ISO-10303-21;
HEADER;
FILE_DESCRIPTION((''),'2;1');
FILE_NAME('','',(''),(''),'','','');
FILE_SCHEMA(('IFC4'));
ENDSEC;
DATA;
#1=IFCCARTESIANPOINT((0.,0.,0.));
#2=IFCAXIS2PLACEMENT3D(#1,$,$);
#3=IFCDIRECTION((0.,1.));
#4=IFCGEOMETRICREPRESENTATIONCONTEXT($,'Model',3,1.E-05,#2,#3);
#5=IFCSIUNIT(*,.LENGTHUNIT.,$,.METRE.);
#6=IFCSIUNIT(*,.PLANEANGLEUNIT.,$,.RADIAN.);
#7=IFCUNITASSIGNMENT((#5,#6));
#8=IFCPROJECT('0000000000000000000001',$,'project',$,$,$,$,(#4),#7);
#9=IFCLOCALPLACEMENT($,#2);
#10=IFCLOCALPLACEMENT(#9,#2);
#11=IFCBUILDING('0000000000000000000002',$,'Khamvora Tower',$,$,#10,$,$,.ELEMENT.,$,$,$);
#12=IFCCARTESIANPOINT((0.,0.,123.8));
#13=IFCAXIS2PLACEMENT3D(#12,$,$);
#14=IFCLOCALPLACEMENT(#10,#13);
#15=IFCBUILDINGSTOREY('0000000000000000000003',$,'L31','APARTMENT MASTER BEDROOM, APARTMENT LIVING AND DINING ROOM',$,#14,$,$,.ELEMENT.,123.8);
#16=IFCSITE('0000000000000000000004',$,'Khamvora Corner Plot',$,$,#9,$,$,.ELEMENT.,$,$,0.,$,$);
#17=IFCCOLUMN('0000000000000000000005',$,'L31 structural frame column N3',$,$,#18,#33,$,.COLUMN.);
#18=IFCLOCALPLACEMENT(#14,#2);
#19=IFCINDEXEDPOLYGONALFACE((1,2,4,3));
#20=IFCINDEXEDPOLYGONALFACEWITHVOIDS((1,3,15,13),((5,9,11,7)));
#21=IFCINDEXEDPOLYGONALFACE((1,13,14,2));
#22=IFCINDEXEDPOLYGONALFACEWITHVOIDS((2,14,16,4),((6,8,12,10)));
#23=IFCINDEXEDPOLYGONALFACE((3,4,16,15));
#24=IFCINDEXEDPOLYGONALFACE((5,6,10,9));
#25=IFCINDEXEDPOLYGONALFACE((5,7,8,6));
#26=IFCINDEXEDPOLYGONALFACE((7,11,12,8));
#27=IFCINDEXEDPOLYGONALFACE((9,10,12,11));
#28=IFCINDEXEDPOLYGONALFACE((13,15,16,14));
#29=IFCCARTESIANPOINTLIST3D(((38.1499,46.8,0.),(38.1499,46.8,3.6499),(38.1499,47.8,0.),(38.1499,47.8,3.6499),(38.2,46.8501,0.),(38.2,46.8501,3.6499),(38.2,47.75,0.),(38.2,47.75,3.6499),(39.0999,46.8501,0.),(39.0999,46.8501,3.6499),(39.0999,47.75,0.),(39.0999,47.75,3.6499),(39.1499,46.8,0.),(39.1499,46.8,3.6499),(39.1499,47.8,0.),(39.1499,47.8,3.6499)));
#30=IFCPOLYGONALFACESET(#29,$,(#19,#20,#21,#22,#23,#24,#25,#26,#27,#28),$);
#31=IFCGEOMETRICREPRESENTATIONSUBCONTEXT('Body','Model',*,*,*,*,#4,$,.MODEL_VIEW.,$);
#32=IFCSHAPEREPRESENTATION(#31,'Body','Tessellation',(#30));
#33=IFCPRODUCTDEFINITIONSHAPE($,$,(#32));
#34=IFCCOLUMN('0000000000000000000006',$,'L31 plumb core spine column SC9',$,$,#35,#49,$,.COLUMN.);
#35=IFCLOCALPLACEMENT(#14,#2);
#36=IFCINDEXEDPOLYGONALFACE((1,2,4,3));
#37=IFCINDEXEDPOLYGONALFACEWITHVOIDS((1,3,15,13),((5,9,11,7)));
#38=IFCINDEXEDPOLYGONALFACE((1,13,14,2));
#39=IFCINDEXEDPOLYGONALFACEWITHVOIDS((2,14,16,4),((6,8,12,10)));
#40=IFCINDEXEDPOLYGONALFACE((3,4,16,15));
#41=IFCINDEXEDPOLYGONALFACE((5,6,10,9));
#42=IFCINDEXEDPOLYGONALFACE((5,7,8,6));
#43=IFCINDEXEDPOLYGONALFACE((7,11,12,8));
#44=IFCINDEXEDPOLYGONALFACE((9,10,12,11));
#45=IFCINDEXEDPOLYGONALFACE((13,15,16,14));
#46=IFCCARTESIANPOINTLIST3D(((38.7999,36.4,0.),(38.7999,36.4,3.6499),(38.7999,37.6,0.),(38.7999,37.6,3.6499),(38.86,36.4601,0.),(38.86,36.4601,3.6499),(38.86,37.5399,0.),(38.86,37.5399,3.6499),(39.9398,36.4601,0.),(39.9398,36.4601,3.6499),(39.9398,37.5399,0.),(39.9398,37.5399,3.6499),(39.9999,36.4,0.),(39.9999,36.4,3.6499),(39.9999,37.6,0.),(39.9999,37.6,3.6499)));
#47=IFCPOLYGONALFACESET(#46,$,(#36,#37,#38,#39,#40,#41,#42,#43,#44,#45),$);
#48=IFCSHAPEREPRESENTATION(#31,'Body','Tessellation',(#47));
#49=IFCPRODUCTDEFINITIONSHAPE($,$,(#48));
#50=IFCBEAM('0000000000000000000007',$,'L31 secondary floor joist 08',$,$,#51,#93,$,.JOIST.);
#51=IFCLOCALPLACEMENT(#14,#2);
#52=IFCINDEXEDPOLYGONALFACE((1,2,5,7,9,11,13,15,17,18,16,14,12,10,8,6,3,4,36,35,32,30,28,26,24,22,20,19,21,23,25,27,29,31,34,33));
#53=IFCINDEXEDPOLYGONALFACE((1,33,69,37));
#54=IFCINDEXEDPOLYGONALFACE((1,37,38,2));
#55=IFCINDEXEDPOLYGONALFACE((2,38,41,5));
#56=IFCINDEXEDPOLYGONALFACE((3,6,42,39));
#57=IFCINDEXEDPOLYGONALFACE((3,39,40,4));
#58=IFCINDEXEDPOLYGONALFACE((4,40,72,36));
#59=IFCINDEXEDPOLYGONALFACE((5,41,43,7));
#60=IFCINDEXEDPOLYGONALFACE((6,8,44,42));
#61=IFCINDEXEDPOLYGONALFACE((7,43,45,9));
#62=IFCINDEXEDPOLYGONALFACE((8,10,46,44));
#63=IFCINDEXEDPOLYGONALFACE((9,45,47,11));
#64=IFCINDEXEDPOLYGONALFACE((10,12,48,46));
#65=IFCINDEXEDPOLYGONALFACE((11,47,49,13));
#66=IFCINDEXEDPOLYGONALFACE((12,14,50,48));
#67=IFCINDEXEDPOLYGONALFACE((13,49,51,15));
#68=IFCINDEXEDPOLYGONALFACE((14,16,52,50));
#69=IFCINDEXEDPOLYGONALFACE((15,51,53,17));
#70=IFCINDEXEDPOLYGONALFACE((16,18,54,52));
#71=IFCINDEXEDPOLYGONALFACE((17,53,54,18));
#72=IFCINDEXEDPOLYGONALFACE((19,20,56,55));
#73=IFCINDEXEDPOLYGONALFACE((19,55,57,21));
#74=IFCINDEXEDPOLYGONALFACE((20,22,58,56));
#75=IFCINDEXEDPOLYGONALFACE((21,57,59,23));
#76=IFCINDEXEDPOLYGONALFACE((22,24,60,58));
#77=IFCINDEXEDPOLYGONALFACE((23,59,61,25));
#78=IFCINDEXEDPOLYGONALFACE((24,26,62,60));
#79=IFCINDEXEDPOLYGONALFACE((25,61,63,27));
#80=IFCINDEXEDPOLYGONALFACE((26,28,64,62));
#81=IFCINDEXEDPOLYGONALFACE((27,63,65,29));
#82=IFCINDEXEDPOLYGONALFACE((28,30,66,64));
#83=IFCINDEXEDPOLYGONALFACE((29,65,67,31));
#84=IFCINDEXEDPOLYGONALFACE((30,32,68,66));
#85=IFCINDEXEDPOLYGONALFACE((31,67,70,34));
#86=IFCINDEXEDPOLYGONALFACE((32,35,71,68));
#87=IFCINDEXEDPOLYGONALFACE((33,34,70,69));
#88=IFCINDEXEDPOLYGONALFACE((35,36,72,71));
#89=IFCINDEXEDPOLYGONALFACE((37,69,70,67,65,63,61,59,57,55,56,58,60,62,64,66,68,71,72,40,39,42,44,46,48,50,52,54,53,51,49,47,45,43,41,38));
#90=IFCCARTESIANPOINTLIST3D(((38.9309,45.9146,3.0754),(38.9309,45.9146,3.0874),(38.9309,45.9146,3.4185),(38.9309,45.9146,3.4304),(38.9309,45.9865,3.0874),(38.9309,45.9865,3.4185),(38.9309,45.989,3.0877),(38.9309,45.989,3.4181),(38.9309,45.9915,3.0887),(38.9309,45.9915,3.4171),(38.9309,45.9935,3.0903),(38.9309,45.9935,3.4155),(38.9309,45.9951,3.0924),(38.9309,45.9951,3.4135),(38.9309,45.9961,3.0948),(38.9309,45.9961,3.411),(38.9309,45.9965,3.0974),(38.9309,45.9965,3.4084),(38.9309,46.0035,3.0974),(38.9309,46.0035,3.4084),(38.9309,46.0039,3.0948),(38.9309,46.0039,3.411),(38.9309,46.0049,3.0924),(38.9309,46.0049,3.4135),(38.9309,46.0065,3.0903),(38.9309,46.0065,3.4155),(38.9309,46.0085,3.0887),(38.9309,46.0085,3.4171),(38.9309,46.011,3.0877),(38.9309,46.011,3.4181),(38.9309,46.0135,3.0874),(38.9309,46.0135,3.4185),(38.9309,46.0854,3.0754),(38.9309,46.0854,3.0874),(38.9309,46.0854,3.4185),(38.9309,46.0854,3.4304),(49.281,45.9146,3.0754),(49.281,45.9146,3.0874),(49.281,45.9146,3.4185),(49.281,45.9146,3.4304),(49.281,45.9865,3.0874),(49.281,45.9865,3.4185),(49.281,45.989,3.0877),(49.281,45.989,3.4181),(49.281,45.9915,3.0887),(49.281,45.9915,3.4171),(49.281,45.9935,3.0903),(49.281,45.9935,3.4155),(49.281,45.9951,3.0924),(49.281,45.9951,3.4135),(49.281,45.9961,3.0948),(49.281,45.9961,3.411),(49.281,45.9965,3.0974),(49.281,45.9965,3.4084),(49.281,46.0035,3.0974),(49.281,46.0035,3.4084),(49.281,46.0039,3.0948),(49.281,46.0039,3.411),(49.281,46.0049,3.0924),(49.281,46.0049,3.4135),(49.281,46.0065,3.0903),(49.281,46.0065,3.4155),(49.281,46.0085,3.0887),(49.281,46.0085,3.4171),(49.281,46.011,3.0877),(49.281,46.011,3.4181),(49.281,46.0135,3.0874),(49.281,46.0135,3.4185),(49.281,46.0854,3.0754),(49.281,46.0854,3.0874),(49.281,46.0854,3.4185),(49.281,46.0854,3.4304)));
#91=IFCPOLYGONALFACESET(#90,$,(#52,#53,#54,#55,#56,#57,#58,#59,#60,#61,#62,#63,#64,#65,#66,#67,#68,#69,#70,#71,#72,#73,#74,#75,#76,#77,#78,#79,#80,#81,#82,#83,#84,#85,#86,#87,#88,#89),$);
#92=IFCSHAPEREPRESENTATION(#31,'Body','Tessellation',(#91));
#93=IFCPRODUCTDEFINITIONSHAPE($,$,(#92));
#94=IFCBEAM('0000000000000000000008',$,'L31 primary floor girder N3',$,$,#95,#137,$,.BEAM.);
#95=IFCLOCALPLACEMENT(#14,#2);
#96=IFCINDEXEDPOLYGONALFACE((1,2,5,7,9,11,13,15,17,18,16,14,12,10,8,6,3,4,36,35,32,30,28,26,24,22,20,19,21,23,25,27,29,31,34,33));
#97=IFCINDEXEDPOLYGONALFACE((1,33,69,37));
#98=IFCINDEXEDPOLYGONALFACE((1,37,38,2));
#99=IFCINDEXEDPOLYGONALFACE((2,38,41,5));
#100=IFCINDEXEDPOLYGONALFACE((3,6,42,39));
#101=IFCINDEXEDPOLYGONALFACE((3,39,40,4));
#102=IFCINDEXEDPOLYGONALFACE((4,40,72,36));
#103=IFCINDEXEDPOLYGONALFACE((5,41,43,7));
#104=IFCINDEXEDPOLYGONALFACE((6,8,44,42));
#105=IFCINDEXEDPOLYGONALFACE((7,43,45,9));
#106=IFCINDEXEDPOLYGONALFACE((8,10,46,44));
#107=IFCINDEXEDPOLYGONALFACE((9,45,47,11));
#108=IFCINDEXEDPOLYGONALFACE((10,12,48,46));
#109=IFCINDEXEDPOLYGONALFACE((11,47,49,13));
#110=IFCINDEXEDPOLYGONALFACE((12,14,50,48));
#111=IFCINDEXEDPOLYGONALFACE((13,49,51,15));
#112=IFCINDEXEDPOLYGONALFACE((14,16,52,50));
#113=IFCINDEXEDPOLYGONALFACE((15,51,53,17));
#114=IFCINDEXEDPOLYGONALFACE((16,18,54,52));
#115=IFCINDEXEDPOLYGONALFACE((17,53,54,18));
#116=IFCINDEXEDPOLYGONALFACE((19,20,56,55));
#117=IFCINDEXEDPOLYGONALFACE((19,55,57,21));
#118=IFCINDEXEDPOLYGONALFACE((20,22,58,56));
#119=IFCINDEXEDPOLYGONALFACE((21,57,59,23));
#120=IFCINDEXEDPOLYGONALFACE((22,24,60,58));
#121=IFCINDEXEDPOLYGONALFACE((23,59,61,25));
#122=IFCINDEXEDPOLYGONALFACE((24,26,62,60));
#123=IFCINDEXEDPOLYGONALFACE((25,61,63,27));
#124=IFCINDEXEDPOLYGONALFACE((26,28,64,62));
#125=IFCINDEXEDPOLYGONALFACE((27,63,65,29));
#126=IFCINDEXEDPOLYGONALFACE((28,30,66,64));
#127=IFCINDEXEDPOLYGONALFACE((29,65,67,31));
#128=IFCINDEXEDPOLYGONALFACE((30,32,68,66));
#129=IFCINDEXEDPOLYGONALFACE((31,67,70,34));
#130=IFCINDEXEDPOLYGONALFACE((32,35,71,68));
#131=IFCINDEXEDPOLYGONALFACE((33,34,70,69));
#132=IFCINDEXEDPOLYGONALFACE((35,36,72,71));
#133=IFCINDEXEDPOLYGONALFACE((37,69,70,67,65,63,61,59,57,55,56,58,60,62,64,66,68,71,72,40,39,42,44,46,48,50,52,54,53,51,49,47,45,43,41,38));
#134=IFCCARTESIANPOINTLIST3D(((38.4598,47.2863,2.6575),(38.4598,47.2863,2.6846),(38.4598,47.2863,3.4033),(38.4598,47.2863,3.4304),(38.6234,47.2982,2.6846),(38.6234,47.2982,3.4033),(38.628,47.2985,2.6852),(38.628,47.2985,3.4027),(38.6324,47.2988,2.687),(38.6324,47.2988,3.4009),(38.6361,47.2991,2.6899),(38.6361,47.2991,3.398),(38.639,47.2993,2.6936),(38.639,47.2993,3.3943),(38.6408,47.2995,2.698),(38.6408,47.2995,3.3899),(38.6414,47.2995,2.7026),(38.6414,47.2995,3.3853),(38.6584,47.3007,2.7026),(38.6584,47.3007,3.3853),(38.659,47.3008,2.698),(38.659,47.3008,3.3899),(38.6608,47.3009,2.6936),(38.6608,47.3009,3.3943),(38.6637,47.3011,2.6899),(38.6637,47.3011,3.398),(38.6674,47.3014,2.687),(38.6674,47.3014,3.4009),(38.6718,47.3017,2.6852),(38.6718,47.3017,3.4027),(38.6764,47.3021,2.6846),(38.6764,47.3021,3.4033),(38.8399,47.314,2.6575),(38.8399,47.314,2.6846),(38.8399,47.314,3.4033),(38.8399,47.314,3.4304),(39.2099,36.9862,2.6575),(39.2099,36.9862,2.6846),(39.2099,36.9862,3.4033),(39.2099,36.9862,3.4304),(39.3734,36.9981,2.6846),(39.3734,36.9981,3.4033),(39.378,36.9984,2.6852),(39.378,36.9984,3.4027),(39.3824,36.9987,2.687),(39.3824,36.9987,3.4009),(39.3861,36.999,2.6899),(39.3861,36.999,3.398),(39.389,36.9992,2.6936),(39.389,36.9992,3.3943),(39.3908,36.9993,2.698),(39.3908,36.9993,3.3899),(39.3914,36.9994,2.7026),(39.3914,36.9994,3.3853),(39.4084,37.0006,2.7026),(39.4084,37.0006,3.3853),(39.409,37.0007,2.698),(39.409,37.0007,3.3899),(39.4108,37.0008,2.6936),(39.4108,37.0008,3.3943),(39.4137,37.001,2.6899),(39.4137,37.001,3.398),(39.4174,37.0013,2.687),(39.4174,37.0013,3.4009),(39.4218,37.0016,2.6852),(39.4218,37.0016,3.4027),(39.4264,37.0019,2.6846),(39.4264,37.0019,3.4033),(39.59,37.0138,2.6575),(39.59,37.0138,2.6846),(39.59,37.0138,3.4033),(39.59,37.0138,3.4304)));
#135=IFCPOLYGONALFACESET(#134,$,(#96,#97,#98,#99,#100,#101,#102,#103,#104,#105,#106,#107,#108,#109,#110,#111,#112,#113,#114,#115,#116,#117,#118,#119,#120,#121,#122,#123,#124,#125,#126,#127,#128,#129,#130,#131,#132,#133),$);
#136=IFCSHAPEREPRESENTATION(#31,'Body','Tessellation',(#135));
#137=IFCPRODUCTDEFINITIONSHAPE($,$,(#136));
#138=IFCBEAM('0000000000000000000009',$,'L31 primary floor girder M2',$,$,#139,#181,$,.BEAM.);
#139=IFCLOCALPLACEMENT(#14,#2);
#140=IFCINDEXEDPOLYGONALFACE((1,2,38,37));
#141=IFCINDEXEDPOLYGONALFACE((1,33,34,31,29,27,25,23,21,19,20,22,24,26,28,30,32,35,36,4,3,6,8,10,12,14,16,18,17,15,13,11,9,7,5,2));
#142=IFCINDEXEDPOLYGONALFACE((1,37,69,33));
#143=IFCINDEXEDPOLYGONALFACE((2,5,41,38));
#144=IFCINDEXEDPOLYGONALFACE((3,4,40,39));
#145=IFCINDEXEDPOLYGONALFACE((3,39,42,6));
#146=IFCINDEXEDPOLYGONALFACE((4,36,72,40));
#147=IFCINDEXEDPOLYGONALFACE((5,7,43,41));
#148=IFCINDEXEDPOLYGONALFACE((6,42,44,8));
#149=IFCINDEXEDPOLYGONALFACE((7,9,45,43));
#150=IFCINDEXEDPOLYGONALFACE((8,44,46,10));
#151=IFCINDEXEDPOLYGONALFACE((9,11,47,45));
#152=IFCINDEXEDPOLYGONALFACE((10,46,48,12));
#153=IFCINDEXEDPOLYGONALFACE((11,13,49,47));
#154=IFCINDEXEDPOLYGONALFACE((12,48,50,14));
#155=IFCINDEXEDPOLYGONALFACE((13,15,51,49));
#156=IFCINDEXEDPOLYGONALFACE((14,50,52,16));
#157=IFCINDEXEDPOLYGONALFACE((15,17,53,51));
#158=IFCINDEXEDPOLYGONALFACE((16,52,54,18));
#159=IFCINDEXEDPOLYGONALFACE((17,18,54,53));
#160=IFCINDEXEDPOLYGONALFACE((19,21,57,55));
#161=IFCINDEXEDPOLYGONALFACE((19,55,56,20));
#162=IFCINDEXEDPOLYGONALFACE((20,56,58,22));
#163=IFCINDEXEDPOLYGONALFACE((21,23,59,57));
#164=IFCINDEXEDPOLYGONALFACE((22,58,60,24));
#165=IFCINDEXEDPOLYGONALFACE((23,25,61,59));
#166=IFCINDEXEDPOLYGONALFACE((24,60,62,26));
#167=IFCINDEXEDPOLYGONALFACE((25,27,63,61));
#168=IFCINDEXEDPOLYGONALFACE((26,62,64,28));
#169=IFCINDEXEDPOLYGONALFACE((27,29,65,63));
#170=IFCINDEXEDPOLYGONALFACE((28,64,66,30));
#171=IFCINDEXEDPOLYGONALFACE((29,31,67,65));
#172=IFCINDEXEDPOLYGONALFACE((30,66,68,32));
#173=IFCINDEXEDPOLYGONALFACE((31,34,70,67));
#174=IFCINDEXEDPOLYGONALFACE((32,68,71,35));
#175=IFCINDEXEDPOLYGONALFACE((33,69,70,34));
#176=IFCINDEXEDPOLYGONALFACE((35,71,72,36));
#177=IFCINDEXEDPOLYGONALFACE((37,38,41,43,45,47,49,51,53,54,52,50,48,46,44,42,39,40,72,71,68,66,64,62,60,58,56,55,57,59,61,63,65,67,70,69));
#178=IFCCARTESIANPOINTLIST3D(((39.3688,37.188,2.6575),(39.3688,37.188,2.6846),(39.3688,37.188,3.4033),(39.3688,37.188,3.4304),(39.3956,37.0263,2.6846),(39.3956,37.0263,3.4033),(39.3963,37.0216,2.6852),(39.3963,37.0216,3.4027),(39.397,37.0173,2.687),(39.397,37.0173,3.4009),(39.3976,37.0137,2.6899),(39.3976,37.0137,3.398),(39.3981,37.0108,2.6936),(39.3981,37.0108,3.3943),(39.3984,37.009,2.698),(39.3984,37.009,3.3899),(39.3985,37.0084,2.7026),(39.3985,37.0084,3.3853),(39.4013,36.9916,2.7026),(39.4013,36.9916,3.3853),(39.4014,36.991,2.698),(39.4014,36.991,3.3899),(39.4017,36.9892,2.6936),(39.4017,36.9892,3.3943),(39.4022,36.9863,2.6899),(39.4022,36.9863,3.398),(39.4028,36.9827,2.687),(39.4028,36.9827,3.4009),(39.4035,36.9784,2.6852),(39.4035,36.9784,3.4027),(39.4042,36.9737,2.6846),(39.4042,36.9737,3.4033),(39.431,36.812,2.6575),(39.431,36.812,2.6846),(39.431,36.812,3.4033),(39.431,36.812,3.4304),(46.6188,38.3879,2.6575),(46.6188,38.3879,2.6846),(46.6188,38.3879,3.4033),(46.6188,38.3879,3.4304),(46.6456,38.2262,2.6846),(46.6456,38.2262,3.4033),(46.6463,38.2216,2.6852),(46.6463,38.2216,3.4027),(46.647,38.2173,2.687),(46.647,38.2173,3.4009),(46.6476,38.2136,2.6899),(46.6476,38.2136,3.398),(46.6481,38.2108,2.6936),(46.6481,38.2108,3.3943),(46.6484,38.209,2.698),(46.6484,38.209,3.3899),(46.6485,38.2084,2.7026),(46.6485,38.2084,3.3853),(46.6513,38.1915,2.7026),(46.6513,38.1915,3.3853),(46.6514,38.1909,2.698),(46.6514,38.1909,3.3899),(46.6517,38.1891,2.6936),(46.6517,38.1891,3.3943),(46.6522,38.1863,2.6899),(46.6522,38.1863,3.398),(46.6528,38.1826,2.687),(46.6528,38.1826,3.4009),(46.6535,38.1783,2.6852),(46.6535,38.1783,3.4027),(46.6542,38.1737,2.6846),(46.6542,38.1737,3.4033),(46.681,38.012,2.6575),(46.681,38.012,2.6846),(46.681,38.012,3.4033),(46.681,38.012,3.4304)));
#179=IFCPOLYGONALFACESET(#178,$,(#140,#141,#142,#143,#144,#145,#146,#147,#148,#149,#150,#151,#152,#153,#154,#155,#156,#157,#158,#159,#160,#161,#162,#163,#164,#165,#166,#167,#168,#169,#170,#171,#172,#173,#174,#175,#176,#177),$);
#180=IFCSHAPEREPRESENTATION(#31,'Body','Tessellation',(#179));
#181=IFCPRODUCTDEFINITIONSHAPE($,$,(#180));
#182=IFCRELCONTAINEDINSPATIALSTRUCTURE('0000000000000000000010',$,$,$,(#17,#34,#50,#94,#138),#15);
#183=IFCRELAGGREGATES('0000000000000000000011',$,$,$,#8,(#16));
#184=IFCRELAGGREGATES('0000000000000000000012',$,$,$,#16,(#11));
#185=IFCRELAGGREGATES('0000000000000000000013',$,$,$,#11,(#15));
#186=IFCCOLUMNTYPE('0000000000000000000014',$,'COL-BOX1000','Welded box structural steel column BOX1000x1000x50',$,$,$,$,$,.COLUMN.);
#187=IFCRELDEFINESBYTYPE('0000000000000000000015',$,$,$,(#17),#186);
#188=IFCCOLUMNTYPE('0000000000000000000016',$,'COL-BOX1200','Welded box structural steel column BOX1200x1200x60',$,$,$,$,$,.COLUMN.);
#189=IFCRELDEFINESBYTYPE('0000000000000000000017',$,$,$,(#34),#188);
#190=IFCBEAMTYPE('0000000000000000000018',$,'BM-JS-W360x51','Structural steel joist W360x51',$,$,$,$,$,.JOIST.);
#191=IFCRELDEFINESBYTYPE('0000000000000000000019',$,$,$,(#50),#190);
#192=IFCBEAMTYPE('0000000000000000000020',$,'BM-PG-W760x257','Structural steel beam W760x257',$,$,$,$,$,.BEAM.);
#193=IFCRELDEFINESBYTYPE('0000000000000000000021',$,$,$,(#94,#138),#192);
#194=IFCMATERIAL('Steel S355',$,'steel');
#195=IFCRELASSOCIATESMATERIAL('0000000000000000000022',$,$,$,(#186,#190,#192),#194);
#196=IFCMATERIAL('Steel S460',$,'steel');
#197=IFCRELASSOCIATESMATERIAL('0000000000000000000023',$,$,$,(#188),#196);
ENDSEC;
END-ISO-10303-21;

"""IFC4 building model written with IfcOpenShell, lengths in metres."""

from ifc_helpers import new_model, si_unit, direction, frame, origin, origin_2d, place, context, subcontext, project, spatial, hollow_rectangle, i_section, extrude, material, material_profile, profile_set, type_object, element, save


model = new_model("IFC4")

# Units and contexts
model_context = context("Model", 3, precision=1e-05, world=origin(), true_north=direction((0.0, 1.0)))
body_context = subcontext(model_context, "Body", "Model", "MODEL_VIEW")
ifc_project = project(units=[si_unit("LENGTHUNIT", "METRE"), si_unit("PLANEANGLEUNIT", "RADIAN")], contexts=[model_context])

# Site, building, storey
site_placement = place(None, origin())
site = spatial("IfcSite", under=ifc_project, at=site_placement, Name="Khamvora Corner Plot", CompositionType="ELEMENT", RefElevation=0.0)
building_placement = place(site_placement, origin())
building = spatial("IfcBuilding", under=site, at=building_placement, Name="Khamvora Tower", CompositionType="ELEMENT")
storey_placement = place(building_placement, frame((0.0, 0.0, 123.8)))
storey = spatial("IfcBuildingStorey", under=building, at=storey_placement, Name="L31", Description="APARTMENT MASTER BEDROOM, APARTMENT LIVING AND DINING ROOM", CompositionType="ELEMENT", Elevation=123.8)

# Columns
ifc_material_1 = material(Name="Steel S355", Category="steel")
ifc_material_profile_1 = material_profile(ifc_material_1, hollow_rectangle(XDim=1.0, YDim=1.0, WallThickness=0.05, at=origin_2d()), Name="BOX1000x1000x50")
ifc_profile_set_1 = profile_set([ifc_material_profile_1], Name="Steel S355")
column_type_1 = type_object("IfcColumnType", Name="COL-BOX1000", Description="Welded box structural steel column BOX1000x1000x50", PredefinedType="COLUMN", material=ifc_profile_set_1)
column_1_placement = place(storey_placement, frame((38.6499, 47.3, 0.0), z_axis=(0.0, 0.0, 1.0), x_axis=(1.0, 0.0, 0.0)))
element("IfcColumn", 1, at=column_1_placement, inside=storey, type_object=column_type_1, Name="L31 structural frame column N3", PredefinedType="COLUMN", context=body_context, shape_type="SweptSolid", body=[
    extrude(hollow_rectangle(XDim=1.0, YDim=1.0, WallThickness=0.05, at=origin_2d()), origin(), (0.0, 0.0, 1.0), 3.6499),
])
ifc_material_2 = material(Name="Steel S460", Category="steel")
ifc_material_profile_2 = material_profile(ifc_material_2, hollow_rectangle(XDim=1.2, YDim=1.2, WallThickness=0.0601, at=origin_2d()), Name="BOX1200x1200x60")
ifc_profile_set_2 = profile_set([ifc_material_profile_2], Name="Steel S460")
column_type_2 = type_object("IfcColumnType", Name="COL-BOX1200", Description="Welded box structural steel column BOX1200x1200x60", PredefinedType="COLUMN", material=ifc_profile_set_2)
column_2_placement = place(storey_placement, frame((39.3999, 37.0, 0.0), z_axis=(0.0, 0.0, 1.0), x_axis=(1.0, 0.0, 0.0)))
element("IfcColumn", 2, at=column_2_placement, inside=storey, type_object=column_type_2, Name="L31 plumb core spine column SC9", PredefinedType="COLUMN", context=body_context, shape_type="SweptSolid", body=[
    extrude(hollow_rectangle(XDim=1.2, YDim=1.2, WallThickness=0.0601, at=origin_2d()), origin(), (0.0, 0.0, 1.0), 3.6499),
])

# Beams
ifc_material_profile_3 = material_profile(ifc_material_1, i_section(OverallWidth=0.1709, OverallDepth=0.355, WebThickness=0.0071, FlangeThickness=0.012, FilletRadius=0.01, at=origin_2d()), Name="W360x51")
ifc_profile_set_3 = profile_set([ifc_material_profile_3], Name="Steel S355")
beam_type_1 = type_object("IfcBeamType", Name="BM-JS-W360x51", Description="Structural steel joist W360x51", PredefinedType="JOIST", material=ifc_profile_set_3)
beam_1_placement = place(storey_placement, frame((38.9309, 46.0, 3.2529), z_axis=(1.0, 0.0, 0.0), x_axis=(0.0, 1.0, 0.0)))
element("IfcBeam", 3, at=beam_1_placement, inside=storey, type_object=beam_type_1, Name="L31 secondary floor joist 08", PredefinedType="JOIST", context=body_context, shape_type="SweptSolid", body=[
    extrude(i_section(OverallWidth=0.1709, OverallDepth=0.355, WebThickness=0.0071, FlangeThickness=0.012, FilletRadius=0.01, at=origin_2d()), origin(), (0.0, 0.0, 1.0), 10.3501),
])
ifc_material_profile_4 = material_profile(ifc_material_1, i_section(OverallWidth=0.3811, OverallDepth=0.7729, WebThickness=0.0171, FlangeThickness=0.0271, FilletRadius=0.0181, at=origin_2d()), Name="W760x257")
ifc_profile_set_4 = profile_set([ifc_material_profile_4], Name="Steel S355")
beam_type_2 = type_object("IfcBeamType", Name="BM-PG-W760x257", Description="Structural steel beam W760x257", PredefinedType="BEAM", material=ifc_profile_set_4)
beam_2_placement = place(storey_placement, frame((39.3999, 37.0, 3.0439), z_axis=(-0.072623, 0.997359, 0.0), x_axis=(-0.997359, -0.072623, 0.0)))
element("IfcBeam", 4, at=beam_2_placement, inside=storey, type_object=beam_type_2, Name="L31 primary floor girder N3", PredefinedType="BEAM", context=body_context, shape_type="SweptSolid", body=[
    extrude(i_section(OverallWidth=0.3811, OverallDepth=0.7729, WebThickness=0.0171, FlangeThickness=0.0271, FilletRadius=0.0181, at=origin_2d()), origin(), (0.0, 0.0, 1.0), 10.3274),
])
beam_3_placement = place(storey_placement, frame((39.3999, 37.0, 3.0439), z_axis=(0.986578, 0.163289, 0.0), x_axis=(-0.163289, 0.986578, 0.0)))
element("IfcBeam", 5, at=beam_3_placement, inside=storey, type_object=beam_type_2, Name="L31 primary floor girder M2", PredefinedType="BEAM", context=body_context, shape_type="SweptSolid", body=[
    extrude(i_section(OverallWidth=0.3811, OverallDepth=0.7729, WebThickness=0.0171, FlangeThickness=0.0271, FilletRadius=0.0181, at=origin_2d()), origin(), (0.0, 0.0, 1.0), 7.3486),
])

save(model, "model.ifc")
